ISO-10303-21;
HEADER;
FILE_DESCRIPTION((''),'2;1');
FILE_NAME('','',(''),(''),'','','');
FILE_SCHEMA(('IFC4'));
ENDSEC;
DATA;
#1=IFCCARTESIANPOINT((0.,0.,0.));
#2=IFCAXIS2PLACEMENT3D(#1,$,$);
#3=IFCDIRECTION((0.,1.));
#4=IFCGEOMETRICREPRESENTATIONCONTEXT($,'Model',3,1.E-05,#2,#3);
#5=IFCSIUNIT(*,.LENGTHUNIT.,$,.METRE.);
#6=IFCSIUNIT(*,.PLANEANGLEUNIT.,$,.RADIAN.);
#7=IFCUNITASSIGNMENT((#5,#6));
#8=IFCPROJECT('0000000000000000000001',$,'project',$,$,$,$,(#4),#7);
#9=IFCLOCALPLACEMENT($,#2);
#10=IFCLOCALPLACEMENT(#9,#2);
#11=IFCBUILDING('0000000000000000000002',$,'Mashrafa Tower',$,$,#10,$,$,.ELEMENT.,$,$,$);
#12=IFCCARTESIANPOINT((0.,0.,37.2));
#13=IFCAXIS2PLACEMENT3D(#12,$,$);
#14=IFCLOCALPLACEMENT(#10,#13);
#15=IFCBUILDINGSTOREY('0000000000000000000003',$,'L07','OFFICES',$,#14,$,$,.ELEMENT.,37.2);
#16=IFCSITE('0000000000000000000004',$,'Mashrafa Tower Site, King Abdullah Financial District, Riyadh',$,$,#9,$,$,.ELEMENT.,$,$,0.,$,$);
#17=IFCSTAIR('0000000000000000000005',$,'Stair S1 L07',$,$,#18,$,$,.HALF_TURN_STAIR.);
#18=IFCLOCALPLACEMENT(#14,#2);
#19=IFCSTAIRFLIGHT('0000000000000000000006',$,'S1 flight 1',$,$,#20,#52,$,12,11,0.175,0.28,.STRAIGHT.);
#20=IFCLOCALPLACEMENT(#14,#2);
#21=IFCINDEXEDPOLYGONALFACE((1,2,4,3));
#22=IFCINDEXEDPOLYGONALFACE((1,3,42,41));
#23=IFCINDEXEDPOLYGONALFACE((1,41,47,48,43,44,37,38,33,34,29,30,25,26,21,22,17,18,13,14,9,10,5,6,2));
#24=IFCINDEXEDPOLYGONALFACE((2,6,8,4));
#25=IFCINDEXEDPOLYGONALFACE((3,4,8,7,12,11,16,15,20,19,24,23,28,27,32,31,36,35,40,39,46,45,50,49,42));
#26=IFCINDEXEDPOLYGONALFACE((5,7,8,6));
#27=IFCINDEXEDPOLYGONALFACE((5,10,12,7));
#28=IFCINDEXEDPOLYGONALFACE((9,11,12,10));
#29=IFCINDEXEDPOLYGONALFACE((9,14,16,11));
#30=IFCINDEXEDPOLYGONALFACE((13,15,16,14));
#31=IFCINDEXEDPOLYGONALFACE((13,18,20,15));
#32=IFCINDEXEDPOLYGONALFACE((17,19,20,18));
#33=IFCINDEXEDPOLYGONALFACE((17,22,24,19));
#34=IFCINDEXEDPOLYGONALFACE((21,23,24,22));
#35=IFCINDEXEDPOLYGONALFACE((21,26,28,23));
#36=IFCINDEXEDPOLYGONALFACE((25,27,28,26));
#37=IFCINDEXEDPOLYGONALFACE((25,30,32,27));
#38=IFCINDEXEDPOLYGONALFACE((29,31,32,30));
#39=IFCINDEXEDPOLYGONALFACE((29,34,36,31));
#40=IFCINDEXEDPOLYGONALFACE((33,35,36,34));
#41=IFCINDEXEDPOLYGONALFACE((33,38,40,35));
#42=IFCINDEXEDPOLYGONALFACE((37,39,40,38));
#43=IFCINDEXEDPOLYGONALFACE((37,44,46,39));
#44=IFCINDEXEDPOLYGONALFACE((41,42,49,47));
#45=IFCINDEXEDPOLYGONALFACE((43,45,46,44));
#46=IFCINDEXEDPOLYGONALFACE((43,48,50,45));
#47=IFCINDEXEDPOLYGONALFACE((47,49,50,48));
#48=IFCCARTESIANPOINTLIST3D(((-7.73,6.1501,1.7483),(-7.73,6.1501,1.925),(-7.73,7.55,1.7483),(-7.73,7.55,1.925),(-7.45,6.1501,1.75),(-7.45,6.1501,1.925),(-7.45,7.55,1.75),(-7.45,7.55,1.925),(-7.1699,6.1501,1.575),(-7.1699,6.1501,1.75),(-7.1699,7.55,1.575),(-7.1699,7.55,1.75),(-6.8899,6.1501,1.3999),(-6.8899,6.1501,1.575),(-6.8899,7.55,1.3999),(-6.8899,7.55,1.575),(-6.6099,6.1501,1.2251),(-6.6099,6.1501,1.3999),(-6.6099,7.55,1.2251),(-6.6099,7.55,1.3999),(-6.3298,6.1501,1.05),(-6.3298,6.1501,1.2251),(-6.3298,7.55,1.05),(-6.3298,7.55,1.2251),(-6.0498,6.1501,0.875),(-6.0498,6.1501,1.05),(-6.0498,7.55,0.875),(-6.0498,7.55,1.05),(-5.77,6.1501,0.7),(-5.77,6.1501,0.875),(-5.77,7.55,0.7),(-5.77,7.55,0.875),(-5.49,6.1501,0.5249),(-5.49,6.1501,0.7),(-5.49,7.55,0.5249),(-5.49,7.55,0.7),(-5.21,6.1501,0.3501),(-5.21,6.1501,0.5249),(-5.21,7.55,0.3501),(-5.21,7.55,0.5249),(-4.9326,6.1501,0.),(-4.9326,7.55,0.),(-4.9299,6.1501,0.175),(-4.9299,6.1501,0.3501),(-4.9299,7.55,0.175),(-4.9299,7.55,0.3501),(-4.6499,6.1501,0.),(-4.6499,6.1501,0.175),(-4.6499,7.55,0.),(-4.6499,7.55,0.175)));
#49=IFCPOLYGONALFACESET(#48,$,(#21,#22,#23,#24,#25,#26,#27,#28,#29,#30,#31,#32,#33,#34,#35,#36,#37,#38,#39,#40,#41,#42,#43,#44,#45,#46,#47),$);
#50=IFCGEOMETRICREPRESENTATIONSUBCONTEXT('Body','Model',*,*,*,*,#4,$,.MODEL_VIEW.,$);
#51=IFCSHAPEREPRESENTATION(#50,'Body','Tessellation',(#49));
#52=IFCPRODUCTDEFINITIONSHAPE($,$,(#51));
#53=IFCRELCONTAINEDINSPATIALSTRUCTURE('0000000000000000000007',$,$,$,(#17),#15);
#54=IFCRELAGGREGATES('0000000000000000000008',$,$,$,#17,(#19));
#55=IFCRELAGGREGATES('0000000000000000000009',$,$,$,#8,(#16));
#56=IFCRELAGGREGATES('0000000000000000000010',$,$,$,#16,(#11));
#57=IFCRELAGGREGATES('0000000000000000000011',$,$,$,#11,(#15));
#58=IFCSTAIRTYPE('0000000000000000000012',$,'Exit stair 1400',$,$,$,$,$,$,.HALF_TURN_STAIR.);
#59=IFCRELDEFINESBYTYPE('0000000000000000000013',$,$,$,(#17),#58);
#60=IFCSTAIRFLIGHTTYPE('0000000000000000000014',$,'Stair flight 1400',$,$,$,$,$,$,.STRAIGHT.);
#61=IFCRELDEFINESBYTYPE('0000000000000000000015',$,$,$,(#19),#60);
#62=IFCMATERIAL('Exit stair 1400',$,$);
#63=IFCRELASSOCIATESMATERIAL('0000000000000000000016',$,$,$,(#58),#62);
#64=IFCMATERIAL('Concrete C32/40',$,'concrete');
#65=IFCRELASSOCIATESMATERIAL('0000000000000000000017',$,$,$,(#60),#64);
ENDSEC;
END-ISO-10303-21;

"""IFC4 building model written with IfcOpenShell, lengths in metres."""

from ifc_helpers import new_model, si_unit, direction, frame, origin, place, context, subcontext, project, spatial, polyline, outline, extrude, material, type_object, element, aggregate, save


model = new_model("IFC4")

# Units and contexts
model_context = context("Model", 3, precision=1e-05, world=origin(), true_north=direction((0.0, 1.0)))
body_context = subcontext(model_context, "Body", "Model", "MODEL_VIEW")
ifc_project = project(units=[si_unit("LENGTHUNIT", "METRE"), si_unit("PLANEANGLEUNIT", "RADIAN")], contexts=[model_context])

# Site, building, storey
site_placement = place(None, origin())
site = spatial("IfcSite", under=ifc_project, at=site_placement, Name="Mashrafa Tower Site, King Abdullah Financial District, Riyadh", CompositionType="ELEMENT", RefElevation=0.0)
building_placement = place(site_placement, origin())
building = spatial("IfcBuilding", under=site, at=building_placement, Name="Mashrafa Tower", CompositionType="ELEMENT")
storey_placement = place(building_placement, frame((0.0, 0.0, 37.2)))
storey = spatial("IfcBuildingStorey", under=building, at=storey_placement, Name="L07", Description="OFFICES", CompositionType="ELEMENT", Elevation=37.2)

# Stair, stair flight
ifc_material_1 = material(Name="Exit stair 1400")
stair_type = type_object("IfcStairType", Name="Exit stair 1400", PredefinedType="HALF_TURN_STAIR", material=ifc_material_1)
stair_placement = place(storey_placement, origin())
stair = element("IfcStair", 1, at=stair_placement, inside=storey, type_object=stair_type, Name="Stair S1 L07", PredefinedType="HALF_TURN_STAIR")
ifc_material_2 = material(Name="Concrete C32/40", Category="concrete")
stair_flight_type = type_object("IfcStairFlightType", Name="Stair flight 1400", PredefinedType="STRAIGHT", material=ifc_material_2)
stair_flight_placement = place(storey_placement, frame((-4.6499, 6.8501, 0.0), z_axis=(0.0, 0.0, 1.0), x_axis=(-1.0, 0.0, 0.0)))
stair_flight = element("IfcStairFlight", 2, at=stair_flight_placement, type_object=stair_flight_type, Name="S1 flight 1", NumberOfRisers=12, NumberOfTreads=11, PredefinedType="STRAIGHT", RiserHeight=0.175, TreadLength=0.28, context=body_context, shape_type="SweptSolid", body=[
    extrude(outline(polyline([(0.0, 0.0), (0.0, 0.175), (0.28, 0.175), (0.28, 0.3501), (0.5601, 0.3501), (0.5601, 0.5249), (0.8401, 0.5249), (0.8401, 0.7), (1.1201, 0.7), (1.1201, 0.875), (1.3999, 0.875), (1.3999, 1.05), (1.6799, 1.05), (1.6799, 1.2251), (1.96, 1.2251), (1.96, 1.3999), (2.24, 1.3999), (2.24, 1.575), (2.52, 1.575), (2.52, 1.75), (2.8, 1.75), (2.8, 1.925), (3.0801, 1.925), (3.0801, 2.1001), (3.0801, 1.7483), (0.2827, 0.0), (0.0, 0.0)])), frame((0.0, 0.7, 0.0), z_axis=(0.0, -1.0, 0.0), x_axis=(1.0, 0.0, 0.0)), (0.0, 0.0, 1.0), 1.3999),
])
aggregate(stair, [stair_flight])

save(model, "model.ifc")
